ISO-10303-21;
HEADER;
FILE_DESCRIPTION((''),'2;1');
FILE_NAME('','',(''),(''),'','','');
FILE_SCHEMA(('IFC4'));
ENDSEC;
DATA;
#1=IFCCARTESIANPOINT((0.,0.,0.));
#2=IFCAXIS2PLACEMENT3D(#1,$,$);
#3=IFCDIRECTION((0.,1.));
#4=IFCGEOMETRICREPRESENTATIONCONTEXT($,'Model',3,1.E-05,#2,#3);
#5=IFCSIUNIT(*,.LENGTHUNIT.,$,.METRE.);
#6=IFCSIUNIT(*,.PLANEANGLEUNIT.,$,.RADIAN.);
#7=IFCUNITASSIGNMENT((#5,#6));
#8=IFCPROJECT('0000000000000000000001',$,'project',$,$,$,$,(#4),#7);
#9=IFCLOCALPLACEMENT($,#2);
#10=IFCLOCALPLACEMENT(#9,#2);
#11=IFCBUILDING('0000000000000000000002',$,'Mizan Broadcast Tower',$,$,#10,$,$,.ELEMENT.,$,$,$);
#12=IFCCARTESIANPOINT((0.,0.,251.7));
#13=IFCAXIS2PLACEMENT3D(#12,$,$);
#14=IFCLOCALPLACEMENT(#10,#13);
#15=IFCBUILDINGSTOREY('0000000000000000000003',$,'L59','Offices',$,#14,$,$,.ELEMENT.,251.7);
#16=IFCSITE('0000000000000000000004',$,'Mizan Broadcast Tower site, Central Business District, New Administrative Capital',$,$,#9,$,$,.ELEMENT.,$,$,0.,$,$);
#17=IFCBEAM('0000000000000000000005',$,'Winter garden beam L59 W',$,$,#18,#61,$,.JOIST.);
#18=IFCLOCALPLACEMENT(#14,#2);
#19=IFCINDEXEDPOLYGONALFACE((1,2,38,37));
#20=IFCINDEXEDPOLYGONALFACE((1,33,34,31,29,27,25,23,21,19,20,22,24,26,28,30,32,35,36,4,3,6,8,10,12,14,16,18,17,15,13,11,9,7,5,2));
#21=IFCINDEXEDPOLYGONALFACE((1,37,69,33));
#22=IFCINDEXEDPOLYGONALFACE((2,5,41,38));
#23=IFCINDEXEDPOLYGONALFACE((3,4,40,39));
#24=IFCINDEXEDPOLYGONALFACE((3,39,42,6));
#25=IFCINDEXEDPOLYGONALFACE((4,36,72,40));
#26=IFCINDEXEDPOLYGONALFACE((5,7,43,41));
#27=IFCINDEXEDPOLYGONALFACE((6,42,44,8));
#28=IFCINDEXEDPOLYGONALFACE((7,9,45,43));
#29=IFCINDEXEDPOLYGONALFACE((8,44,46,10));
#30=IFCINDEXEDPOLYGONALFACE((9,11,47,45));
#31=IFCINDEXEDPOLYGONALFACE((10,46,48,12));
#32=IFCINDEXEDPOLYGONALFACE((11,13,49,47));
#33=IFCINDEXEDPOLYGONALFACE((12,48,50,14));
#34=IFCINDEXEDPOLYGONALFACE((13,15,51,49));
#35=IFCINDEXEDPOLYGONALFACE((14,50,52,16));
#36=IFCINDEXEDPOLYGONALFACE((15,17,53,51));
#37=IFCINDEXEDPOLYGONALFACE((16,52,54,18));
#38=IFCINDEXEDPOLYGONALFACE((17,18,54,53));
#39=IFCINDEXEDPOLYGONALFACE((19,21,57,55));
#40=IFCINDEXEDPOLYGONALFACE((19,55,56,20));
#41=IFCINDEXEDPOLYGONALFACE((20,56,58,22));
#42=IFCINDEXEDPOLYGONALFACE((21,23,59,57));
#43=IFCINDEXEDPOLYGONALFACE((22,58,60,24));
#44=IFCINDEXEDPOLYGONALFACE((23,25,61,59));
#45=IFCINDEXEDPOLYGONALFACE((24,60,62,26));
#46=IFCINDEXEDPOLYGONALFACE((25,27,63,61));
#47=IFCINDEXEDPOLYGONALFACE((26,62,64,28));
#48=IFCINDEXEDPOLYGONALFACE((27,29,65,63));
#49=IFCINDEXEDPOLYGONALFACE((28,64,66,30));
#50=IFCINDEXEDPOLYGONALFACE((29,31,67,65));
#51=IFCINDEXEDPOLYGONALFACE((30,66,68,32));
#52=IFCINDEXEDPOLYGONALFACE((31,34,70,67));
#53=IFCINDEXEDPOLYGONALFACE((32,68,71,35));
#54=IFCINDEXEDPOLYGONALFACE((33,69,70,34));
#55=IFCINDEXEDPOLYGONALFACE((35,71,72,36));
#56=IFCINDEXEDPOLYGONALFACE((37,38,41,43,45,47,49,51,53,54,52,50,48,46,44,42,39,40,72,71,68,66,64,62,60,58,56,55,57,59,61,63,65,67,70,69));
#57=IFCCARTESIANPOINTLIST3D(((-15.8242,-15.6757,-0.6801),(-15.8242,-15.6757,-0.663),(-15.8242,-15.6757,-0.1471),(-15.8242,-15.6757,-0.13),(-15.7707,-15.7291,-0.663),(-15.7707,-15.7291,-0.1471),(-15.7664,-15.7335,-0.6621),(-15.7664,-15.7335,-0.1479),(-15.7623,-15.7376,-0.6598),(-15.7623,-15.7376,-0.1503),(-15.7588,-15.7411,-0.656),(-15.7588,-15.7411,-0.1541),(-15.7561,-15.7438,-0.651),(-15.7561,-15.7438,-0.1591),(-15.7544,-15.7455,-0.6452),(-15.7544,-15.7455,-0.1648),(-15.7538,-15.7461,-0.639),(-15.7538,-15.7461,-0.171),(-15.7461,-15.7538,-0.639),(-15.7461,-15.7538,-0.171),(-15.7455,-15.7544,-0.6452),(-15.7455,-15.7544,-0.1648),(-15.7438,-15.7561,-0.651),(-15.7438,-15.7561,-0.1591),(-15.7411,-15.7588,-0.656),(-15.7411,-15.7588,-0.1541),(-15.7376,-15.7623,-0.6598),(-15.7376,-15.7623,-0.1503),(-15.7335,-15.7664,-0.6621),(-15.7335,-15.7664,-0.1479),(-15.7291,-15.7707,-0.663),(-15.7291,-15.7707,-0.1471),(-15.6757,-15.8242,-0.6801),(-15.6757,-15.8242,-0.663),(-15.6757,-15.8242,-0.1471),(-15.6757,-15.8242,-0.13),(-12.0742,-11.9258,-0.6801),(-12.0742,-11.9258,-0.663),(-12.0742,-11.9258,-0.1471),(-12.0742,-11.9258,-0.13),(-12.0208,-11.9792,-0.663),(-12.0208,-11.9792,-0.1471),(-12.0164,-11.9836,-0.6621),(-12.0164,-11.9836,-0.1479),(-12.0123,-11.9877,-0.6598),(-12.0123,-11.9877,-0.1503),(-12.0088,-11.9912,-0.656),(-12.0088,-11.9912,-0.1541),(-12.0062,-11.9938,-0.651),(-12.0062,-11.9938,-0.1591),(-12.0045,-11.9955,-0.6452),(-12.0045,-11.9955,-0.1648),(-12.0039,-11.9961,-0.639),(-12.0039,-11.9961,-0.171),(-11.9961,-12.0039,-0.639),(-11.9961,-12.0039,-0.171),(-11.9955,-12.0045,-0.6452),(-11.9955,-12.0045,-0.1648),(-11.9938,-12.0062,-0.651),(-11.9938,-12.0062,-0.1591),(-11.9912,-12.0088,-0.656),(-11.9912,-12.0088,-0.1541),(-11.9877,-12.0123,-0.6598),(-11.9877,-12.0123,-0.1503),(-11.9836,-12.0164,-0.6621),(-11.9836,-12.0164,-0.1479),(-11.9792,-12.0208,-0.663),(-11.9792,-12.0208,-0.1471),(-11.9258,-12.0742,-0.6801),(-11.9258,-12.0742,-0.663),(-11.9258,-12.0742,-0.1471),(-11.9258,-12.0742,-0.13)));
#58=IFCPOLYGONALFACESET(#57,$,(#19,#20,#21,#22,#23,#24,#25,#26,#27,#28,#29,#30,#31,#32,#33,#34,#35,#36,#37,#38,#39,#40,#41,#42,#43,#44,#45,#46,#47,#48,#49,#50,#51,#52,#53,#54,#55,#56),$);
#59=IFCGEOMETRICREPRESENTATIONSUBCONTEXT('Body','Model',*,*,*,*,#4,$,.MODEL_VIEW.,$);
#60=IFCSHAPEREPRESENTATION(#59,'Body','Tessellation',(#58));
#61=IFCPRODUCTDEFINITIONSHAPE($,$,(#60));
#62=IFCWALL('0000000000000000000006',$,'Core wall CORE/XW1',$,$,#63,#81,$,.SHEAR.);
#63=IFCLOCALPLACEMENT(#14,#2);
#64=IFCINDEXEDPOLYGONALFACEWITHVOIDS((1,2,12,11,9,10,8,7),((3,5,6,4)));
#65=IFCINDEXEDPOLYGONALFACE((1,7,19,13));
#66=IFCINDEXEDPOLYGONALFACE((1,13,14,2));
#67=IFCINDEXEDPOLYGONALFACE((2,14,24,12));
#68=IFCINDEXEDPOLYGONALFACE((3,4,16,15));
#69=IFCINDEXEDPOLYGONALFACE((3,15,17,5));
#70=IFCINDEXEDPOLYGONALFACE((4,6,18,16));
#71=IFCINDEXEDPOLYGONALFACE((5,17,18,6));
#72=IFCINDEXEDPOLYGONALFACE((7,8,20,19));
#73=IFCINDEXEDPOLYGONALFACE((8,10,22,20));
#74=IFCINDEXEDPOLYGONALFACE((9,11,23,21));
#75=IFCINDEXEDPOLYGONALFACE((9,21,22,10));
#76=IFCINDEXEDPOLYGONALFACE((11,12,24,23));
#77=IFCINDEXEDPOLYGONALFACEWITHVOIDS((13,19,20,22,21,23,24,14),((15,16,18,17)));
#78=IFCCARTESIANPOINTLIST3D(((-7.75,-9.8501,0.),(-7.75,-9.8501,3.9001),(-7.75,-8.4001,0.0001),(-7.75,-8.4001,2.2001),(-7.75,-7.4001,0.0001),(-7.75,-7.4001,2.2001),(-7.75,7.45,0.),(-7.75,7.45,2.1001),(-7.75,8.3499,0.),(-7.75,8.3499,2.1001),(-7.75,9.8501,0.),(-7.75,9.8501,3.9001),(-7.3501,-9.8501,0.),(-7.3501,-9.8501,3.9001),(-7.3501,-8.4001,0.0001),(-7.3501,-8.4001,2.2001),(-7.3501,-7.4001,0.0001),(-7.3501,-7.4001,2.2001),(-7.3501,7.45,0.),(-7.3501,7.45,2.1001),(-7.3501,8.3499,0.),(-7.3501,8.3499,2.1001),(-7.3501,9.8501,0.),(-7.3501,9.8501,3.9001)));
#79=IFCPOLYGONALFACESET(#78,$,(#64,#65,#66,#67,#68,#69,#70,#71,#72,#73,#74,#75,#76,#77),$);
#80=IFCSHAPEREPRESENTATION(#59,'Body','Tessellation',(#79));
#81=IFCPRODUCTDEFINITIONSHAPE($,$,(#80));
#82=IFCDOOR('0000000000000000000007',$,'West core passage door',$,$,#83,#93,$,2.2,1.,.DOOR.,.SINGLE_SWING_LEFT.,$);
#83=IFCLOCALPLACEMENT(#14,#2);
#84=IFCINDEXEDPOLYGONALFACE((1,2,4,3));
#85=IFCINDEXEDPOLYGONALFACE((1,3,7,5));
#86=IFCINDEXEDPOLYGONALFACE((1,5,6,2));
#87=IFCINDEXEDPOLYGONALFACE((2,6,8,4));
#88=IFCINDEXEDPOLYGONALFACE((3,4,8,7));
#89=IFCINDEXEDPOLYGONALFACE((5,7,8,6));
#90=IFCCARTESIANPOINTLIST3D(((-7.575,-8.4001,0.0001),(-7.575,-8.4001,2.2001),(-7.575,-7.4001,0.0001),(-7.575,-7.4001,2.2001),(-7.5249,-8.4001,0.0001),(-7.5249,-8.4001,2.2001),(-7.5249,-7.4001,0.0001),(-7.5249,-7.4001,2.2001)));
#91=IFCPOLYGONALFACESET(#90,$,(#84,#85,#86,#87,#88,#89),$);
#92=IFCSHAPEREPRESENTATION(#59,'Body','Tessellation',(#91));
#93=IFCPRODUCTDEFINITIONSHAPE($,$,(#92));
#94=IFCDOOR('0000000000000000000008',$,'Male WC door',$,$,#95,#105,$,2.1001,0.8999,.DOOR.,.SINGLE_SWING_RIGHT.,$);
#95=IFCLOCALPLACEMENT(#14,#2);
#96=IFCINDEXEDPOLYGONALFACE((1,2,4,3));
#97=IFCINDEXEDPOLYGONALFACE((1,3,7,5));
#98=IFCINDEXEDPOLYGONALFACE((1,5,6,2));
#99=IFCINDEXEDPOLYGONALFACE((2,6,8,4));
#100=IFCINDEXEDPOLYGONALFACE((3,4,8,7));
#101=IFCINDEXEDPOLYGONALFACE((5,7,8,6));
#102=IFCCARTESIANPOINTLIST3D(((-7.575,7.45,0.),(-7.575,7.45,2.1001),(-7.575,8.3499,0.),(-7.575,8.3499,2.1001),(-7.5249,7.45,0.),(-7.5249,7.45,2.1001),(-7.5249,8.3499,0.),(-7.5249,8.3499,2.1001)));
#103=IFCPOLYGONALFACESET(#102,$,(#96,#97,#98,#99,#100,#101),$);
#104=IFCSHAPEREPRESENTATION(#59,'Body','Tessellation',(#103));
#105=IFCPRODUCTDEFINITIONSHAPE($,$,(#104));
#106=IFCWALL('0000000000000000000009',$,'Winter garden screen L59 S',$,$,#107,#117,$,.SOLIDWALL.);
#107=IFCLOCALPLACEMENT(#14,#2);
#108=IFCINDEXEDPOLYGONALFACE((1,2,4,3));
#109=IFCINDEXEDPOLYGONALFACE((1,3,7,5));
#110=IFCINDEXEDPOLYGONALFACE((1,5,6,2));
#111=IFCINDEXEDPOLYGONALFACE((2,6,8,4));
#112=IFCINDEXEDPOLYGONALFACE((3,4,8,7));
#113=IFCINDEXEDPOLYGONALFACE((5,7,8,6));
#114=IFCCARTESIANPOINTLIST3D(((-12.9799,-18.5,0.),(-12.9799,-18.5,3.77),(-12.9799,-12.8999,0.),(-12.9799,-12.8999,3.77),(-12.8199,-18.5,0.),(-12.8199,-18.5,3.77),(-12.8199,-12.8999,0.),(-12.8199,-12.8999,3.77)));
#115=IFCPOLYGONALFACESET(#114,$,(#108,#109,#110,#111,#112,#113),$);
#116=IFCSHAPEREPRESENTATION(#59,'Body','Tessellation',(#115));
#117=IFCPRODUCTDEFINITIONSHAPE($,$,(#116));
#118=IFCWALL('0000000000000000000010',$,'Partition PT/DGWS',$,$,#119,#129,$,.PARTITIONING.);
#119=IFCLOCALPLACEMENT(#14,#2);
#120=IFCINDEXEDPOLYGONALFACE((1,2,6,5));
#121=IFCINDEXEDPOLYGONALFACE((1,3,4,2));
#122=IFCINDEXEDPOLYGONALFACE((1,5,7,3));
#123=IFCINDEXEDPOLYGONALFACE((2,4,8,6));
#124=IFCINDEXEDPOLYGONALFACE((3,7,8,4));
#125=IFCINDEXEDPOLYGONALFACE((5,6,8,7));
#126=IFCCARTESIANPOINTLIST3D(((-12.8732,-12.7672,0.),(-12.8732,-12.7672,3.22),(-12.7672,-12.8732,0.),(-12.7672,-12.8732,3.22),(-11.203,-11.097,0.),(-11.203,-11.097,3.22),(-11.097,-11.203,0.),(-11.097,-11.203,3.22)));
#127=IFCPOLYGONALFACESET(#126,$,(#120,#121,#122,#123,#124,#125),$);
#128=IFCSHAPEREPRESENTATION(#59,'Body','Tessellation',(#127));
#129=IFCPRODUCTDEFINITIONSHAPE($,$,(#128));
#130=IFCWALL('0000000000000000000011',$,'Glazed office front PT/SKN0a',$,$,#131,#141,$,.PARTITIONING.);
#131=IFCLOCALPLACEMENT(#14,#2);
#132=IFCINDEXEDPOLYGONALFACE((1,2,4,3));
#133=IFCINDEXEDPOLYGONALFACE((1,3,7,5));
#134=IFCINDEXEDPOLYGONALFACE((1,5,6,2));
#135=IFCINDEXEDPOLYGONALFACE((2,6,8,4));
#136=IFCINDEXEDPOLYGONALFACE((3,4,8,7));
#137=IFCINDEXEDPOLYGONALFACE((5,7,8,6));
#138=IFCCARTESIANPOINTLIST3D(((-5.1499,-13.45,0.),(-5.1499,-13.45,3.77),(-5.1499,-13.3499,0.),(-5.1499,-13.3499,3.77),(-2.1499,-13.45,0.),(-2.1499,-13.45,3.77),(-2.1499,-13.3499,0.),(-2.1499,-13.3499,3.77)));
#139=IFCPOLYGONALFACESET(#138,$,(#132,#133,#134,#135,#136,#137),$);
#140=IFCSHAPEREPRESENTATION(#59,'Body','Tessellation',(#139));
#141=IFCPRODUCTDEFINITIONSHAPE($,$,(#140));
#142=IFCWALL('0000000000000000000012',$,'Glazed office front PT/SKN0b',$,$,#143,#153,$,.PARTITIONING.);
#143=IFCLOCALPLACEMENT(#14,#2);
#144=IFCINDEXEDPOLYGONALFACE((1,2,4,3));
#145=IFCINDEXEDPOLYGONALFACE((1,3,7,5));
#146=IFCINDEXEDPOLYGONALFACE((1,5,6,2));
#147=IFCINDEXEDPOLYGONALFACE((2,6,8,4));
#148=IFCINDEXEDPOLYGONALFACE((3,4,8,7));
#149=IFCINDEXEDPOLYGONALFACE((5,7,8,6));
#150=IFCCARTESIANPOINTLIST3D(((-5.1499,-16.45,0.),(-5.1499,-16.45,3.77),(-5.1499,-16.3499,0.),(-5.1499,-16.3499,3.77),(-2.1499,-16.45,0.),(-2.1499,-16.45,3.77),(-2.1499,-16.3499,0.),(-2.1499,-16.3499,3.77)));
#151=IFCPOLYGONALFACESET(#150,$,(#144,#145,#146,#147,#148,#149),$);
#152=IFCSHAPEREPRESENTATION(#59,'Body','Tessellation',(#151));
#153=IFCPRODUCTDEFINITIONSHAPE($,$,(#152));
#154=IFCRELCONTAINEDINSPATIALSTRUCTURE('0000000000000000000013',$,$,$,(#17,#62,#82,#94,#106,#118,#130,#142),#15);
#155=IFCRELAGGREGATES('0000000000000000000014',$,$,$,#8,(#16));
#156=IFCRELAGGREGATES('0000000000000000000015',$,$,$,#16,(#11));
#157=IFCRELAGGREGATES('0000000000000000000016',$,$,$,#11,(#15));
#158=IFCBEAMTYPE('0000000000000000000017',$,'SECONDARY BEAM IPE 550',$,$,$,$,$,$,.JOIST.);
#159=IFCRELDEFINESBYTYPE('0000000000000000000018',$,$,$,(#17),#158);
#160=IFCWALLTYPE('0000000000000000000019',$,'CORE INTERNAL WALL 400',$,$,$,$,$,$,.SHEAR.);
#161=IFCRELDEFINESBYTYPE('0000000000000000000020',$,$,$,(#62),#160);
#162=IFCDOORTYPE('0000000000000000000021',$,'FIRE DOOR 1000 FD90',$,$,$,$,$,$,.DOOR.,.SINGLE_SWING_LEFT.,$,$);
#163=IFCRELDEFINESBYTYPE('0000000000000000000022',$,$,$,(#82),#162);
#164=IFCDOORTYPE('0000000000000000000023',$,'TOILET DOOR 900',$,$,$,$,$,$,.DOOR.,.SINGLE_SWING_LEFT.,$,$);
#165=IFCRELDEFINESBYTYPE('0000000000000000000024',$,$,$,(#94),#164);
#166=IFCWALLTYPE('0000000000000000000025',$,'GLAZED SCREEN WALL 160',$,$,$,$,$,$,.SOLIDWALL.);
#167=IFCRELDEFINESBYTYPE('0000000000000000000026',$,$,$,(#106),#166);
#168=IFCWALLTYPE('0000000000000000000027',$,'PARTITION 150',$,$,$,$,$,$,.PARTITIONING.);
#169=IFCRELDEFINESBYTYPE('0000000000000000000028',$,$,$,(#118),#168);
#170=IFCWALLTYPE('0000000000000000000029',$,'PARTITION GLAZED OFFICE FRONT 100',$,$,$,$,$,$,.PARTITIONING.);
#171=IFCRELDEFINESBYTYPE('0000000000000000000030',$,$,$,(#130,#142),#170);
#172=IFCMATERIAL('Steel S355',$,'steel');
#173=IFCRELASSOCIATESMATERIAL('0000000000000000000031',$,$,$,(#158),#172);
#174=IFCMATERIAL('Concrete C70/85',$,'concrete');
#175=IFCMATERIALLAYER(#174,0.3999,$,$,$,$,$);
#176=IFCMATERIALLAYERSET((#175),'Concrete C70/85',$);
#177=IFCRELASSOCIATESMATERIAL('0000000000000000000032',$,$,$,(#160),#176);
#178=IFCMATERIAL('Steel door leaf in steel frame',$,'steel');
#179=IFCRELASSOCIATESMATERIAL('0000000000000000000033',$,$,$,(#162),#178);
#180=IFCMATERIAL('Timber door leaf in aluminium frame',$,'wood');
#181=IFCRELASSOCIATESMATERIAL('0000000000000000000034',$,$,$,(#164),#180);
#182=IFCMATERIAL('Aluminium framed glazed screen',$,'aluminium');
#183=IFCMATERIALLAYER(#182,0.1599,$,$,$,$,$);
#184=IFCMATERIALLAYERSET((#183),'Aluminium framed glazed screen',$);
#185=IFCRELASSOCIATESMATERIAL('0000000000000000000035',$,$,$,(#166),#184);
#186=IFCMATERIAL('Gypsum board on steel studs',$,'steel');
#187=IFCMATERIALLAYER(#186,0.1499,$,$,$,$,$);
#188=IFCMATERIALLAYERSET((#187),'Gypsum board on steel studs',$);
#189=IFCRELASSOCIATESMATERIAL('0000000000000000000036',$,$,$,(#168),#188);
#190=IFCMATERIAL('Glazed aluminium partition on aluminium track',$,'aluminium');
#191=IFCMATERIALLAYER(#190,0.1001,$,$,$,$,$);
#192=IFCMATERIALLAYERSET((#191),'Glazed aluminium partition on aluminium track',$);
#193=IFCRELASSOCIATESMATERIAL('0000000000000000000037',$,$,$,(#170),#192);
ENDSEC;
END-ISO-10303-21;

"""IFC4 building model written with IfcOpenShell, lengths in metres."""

from ifc_helpers import new_model, si_unit, direction, frame, frame_2d, origin, origin_2d, place, context, subcontext, project, spatial, rectangle, i_section, extrude, material, layer, layer_set, material_profile, profile_set, type_object, element, fill, save


model = new_model("IFC4")

# Units and contexts
model_context = context("Model", 3, precision=1e-05, world=origin(), true_north=direction((0.0, 1.0)))
body_context = subcontext(model_context, "Body", "Model", "MODEL_VIEW")
ifc_project = project(units=[si_unit("LENGTHUNIT", "METRE"), si_unit("PLANEANGLEUNIT", "RADIAN")], contexts=[model_context])

# Site, building, storey
site_placement = place(None, origin())
site = spatial("IfcSite", under=ifc_project, at=site_placement, Name="Mizan Broadcast Tower site, Central Business District, New Administrative Capital", CompositionType="ELEMENT", RefElevation=0.0)
building_placement = place(site_placement, origin())
building = spatial("IfcBuilding", under=site, at=building_placement, Name="Mizan Broadcast Tower", CompositionType="ELEMENT")
storey_placement = place(building_placement, frame((0.0, 0.0, 251.7)))
storey = spatial("IfcBuildingStorey", under=building, at=storey_placement, Name="L59", Description="Offices", CompositionType="ELEMENT", Elevation=251.7)

# Beam
ifc_material_1 = material(Name="Steel S355", Category="steel")
ifc_material_profile_1 = material_profile(ifc_material_1, i_section(OverallWidth=0.21, OverallDepth=0.55, WebThickness=0.011, FlangeThickness=0.0171, FilletRadius=0.0239, at=origin_2d()), Name="IPE 550")
ifc_profile_set_1 = profile_set([ifc_material_profile_1], Name="Steel S355")
beam_type_1 = type_object("IfcBeamType", Name="SECONDARY BEAM IPE 550", PredefinedType="JOIST", material=ifc_profile_set_1)
beam_1_placement = place(storey_placement, frame((-12.0, -12.0, -0.405), z_axis=(-0.707107, -0.707107, 0.0), x_axis=(0.707107, -0.707107, 0.0)))
element("IfcBeam", 1, at=beam_1_placement, inside=storey, type_object=beam_type_1, Name="Winter garden beam L59 W", PredefinedType="JOIST", context=body_context, shape_type="SweptSolid", body=[
    extrude(i_section(OverallWidth=0.21, OverallDepth=0.55, WebThickness=0.011, FlangeThickness=0.0171, FilletRadius=0.0239, at=origin_2d()), origin(), (0.0, 0.0, 1.0), 5.3032),
])

# Wall, openings, doors
ifc_material_2 = material(Name="Concrete C70/85", Category="concrete")
ifc_layer_1 = layer(ifc_material_2, 0.3999)
ifc_layer_set_1 = layer_set([ifc_layer_1], Name="Concrete C70/85")
wall_type_1 = type_object("IfcWallType", Name="CORE INTERNAL WALL 400", PredefinedType="SHEAR", material=ifc_layer_set_1)
wall_1_placement = place(storey_placement, frame((-7.55, -9.8501, 0.0), z_axis=(0.0, 0.0, 1.0), x_axis=(0.0, 1.0, 0.0)))
wall_1 = element("IfcWall", 2, at=wall_1_placement, inside=storey, type_object=wall_type_1, Name="Core wall CORE/XW1", PredefinedType="SHEAR", context=body_context, shape_type="SweptSolid", body=[
    extrude(rectangle(XDim=19.7002, YDim=0.3999, at=frame_2d((9.8501, 0.0))), origin(), (0.0, 0.0, 1.0), 3.9001),
])
opening_1_placement = place(wall_1_placement, frame((1.45, 0.0, 0.0)))
opening_1 = element("IfcOpeningElement", 3, at=opening_1_placement, cuts=wall_1, PredefinedType="OPENING", context=body_context, shape_type="SweptSolid", body=[
    extrude(rectangle(XDim=1.0, YDim=2.2, at=frame_2d((0.5, 1.1001))), frame((0.0, 0.21, 0.0), z_axis=(0.0, -1.0, 0.0), x_axis=(1.0, 0.0, 0.0)), (0.0, 0.0, 1.0), 0.4199),
])
opening_2_placement = place(wall_1_placement, frame((17.3, 0.0, 0.0)))
opening_2 = element("IfcOpeningElement", 4, at=opening_2_placement, cuts=wall_1, PredefinedType="OPENING", context=body_context, shape_type="SweptSolid", body=[
    extrude(rectangle(XDim=0.8999, YDim=2.1001, at=frame_2d((0.45, 1.05))), frame((0.0, 0.21, 0.0), z_axis=(0.0, -1.0, 0.0), x_axis=(1.0, 0.0, 0.0)), (0.0, 0.0, 1.0), 0.4199),
])
ifc_material_3 = material(Name="Steel door leaf in steel frame", Category="steel")
door_type_1 = type_object("IfcDoorType", Name="FIRE DOOR 1000 FD90", OperationType="SINGLE_SWING_LEFT", PredefinedType="DOOR", material=ifc_material_3)
door_1_placement = place(opening_1_placement, origin())
door_1 = element("IfcDoor", 5, at=door_1_placement, inside=storey, type_object=door_type_1, Name="West core passage door", OperationType="SINGLE_SWING_LEFT", OverallHeight=2.2, OverallWidth=1.0, PredefinedType="DOOR", context=body_context, shape_type="SweptSolid", body=[
    extrude(rectangle(XDim=1.0, YDim=2.2, at=frame_2d((0.5, 1.1001))), frame((0.0, 0.0249, 0.0), z_axis=(0.0, -1.0, 0.0), x_axis=(1.0, 0.0, 0.0)), (0.0, 0.0, 1.0), 0.05),
])
fill(opening_1, door_1)
ifc_material_4 = material(Name="Timber door leaf in aluminium frame", Category="wood")
door_type_2 = type_object("IfcDoorType", Name="TOILET DOOR 900", OperationType="SINGLE_SWING_LEFT", PredefinedType="DOOR", material=ifc_material_4)
door_2_placement = place(opening_2_placement, origin())
door_2 = element("IfcDoor", 6, at=door_2_placement, inside=storey, type_object=door_type_2, Name="Male WC door", OperationType="SINGLE_SWING_RIGHT", OverallHeight=2.1001, OverallWidth=0.8999, PredefinedType="DOOR", context=body_context, shape_type="SweptSolid", body=[
    extrude(rectangle(XDim=0.8999, YDim=2.1001, at=frame_2d((0.45, 1.05))), frame((0.0, 0.0249, 0.0), z_axis=(0.0, -1.0, 0.0), x_axis=(1.0, 0.0, 0.0)), (0.0, 0.0, 1.0), 0.05),
])
fill(opening_2, door_2)

# Walls
ifc_material_5 = material(Name="Aluminium framed glazed screen", Category="aluminium")
ifc_layer_2 = layer(ifc_material_5, 0.1599)
ifc_layer_set_2 = layer_set([ifc_layer_2], Name="Aluminium framed glazed screen")
wall_type_2 = type_object("IfcWallType", Name="GLAZED SCREEN WALL 160", PredefinedType="SOLIDWALL", material=ifc_layer_set_2)
wall_2_placement = place(storey_placement, frame((-12.8999, -12.8999, 0.0), z_axis=(0.0, 0.0, 1.0), x_axis=(0.0, -1.0, 0.0)))
element("IfcWall", 7, at=wall_2_placement, inside=storey, type_object=wall_type_2, Name="Winter garden screen L59 S", PredefinedType="SOLIDWALL", context=body_context, shape_type="SweptSolid", body=[
    extrude(rectangle(XDim=5.6001, YDim=0.1599, at=frame_2d((2.8, 0.0))), origin(), (0.0, 0.0, 1.0), 3.77),
])
ifc_material_6 = material(Name="Gypsum board on steel studs", Category="steel")
ifc_layer_3 = layer(ifc_material_6, 0.1499)
ifc_layer_set_3 = layer_set([ifc_layer_3], Name="Gypsum board on steel studs")
wall_type_3 = type_object("IfcWallType", Name="PARTITION 150", PredefinedType="PARTITIONING", material=ifc_layer_set_3)
wall_3_placement = place(storey_placement, frame((-11.1499, -11.1499, 0.0), z_axis=(0.0, 0.0, 1.0), x_axis=(-0.707107, -0.707107, 0.0)))
element("IfcWall", 8, at=wall_3_placement, inside=storey, type_object=wall_type_3, Name="Partition PT/DGWS", PredefinedType="PARTITIONING", context=body_context, shape_type="SweptSolid", body=[
    extrude(rectangle(XDim=2.3621, YDim=0.1499, at=frame_2d((1.1812, 0.0))), origin(), (0.0, 0.0, 1.0), 3.22),
])
ifc_material_7 = material(Name="Glazed aluminium partition on aluminium track", Category="aluminium")
ifc_layer_4 = layer(ifc_material_7, 0.1001)
ifc_layer_set_4 = layer_set([ifc_layer_4], Name="Glazed aluminium partition on aluminium track")
wall_type_4 = type_object("IfcWallType", Name="PARTITION GLAZED OFFICE FRONT 100", PredefinedType="PARTITIONING", material=ifc_layer_set_4)
for number, where, z_axis, x_axis, name in (
    (9, (-2.1499, -13.3999, 0.0), (0.0, 0.0, 1.0), (-1.0, 0.0, 0.0), "Glazed office front PT/SKN0a"),
    (10, (-2.1499, -16.3999, 0.0), (0.0, 0.0, 1.0), (-1.0, 0.0, 0.0), "Glazed office front PT/SKN0b"),
):
    element("IfcWall", number, at=place(storey_placement, frame(where, z_axis=z_axis, x_axis=x_axis)), inside=storey, type_object=wall_type_4, Name=name, PredefinedType="PARTITIONING", context=body_context, shape_type="SweptSolid", body=[
        extrude(rectangle(XDim=3.0, YDim=0.1001, at=frame_2d((1.5, 0.0))), origin(), (0.0, 0.0, 1.0), 3.77),
    ])

save(model, "model.ifc")
